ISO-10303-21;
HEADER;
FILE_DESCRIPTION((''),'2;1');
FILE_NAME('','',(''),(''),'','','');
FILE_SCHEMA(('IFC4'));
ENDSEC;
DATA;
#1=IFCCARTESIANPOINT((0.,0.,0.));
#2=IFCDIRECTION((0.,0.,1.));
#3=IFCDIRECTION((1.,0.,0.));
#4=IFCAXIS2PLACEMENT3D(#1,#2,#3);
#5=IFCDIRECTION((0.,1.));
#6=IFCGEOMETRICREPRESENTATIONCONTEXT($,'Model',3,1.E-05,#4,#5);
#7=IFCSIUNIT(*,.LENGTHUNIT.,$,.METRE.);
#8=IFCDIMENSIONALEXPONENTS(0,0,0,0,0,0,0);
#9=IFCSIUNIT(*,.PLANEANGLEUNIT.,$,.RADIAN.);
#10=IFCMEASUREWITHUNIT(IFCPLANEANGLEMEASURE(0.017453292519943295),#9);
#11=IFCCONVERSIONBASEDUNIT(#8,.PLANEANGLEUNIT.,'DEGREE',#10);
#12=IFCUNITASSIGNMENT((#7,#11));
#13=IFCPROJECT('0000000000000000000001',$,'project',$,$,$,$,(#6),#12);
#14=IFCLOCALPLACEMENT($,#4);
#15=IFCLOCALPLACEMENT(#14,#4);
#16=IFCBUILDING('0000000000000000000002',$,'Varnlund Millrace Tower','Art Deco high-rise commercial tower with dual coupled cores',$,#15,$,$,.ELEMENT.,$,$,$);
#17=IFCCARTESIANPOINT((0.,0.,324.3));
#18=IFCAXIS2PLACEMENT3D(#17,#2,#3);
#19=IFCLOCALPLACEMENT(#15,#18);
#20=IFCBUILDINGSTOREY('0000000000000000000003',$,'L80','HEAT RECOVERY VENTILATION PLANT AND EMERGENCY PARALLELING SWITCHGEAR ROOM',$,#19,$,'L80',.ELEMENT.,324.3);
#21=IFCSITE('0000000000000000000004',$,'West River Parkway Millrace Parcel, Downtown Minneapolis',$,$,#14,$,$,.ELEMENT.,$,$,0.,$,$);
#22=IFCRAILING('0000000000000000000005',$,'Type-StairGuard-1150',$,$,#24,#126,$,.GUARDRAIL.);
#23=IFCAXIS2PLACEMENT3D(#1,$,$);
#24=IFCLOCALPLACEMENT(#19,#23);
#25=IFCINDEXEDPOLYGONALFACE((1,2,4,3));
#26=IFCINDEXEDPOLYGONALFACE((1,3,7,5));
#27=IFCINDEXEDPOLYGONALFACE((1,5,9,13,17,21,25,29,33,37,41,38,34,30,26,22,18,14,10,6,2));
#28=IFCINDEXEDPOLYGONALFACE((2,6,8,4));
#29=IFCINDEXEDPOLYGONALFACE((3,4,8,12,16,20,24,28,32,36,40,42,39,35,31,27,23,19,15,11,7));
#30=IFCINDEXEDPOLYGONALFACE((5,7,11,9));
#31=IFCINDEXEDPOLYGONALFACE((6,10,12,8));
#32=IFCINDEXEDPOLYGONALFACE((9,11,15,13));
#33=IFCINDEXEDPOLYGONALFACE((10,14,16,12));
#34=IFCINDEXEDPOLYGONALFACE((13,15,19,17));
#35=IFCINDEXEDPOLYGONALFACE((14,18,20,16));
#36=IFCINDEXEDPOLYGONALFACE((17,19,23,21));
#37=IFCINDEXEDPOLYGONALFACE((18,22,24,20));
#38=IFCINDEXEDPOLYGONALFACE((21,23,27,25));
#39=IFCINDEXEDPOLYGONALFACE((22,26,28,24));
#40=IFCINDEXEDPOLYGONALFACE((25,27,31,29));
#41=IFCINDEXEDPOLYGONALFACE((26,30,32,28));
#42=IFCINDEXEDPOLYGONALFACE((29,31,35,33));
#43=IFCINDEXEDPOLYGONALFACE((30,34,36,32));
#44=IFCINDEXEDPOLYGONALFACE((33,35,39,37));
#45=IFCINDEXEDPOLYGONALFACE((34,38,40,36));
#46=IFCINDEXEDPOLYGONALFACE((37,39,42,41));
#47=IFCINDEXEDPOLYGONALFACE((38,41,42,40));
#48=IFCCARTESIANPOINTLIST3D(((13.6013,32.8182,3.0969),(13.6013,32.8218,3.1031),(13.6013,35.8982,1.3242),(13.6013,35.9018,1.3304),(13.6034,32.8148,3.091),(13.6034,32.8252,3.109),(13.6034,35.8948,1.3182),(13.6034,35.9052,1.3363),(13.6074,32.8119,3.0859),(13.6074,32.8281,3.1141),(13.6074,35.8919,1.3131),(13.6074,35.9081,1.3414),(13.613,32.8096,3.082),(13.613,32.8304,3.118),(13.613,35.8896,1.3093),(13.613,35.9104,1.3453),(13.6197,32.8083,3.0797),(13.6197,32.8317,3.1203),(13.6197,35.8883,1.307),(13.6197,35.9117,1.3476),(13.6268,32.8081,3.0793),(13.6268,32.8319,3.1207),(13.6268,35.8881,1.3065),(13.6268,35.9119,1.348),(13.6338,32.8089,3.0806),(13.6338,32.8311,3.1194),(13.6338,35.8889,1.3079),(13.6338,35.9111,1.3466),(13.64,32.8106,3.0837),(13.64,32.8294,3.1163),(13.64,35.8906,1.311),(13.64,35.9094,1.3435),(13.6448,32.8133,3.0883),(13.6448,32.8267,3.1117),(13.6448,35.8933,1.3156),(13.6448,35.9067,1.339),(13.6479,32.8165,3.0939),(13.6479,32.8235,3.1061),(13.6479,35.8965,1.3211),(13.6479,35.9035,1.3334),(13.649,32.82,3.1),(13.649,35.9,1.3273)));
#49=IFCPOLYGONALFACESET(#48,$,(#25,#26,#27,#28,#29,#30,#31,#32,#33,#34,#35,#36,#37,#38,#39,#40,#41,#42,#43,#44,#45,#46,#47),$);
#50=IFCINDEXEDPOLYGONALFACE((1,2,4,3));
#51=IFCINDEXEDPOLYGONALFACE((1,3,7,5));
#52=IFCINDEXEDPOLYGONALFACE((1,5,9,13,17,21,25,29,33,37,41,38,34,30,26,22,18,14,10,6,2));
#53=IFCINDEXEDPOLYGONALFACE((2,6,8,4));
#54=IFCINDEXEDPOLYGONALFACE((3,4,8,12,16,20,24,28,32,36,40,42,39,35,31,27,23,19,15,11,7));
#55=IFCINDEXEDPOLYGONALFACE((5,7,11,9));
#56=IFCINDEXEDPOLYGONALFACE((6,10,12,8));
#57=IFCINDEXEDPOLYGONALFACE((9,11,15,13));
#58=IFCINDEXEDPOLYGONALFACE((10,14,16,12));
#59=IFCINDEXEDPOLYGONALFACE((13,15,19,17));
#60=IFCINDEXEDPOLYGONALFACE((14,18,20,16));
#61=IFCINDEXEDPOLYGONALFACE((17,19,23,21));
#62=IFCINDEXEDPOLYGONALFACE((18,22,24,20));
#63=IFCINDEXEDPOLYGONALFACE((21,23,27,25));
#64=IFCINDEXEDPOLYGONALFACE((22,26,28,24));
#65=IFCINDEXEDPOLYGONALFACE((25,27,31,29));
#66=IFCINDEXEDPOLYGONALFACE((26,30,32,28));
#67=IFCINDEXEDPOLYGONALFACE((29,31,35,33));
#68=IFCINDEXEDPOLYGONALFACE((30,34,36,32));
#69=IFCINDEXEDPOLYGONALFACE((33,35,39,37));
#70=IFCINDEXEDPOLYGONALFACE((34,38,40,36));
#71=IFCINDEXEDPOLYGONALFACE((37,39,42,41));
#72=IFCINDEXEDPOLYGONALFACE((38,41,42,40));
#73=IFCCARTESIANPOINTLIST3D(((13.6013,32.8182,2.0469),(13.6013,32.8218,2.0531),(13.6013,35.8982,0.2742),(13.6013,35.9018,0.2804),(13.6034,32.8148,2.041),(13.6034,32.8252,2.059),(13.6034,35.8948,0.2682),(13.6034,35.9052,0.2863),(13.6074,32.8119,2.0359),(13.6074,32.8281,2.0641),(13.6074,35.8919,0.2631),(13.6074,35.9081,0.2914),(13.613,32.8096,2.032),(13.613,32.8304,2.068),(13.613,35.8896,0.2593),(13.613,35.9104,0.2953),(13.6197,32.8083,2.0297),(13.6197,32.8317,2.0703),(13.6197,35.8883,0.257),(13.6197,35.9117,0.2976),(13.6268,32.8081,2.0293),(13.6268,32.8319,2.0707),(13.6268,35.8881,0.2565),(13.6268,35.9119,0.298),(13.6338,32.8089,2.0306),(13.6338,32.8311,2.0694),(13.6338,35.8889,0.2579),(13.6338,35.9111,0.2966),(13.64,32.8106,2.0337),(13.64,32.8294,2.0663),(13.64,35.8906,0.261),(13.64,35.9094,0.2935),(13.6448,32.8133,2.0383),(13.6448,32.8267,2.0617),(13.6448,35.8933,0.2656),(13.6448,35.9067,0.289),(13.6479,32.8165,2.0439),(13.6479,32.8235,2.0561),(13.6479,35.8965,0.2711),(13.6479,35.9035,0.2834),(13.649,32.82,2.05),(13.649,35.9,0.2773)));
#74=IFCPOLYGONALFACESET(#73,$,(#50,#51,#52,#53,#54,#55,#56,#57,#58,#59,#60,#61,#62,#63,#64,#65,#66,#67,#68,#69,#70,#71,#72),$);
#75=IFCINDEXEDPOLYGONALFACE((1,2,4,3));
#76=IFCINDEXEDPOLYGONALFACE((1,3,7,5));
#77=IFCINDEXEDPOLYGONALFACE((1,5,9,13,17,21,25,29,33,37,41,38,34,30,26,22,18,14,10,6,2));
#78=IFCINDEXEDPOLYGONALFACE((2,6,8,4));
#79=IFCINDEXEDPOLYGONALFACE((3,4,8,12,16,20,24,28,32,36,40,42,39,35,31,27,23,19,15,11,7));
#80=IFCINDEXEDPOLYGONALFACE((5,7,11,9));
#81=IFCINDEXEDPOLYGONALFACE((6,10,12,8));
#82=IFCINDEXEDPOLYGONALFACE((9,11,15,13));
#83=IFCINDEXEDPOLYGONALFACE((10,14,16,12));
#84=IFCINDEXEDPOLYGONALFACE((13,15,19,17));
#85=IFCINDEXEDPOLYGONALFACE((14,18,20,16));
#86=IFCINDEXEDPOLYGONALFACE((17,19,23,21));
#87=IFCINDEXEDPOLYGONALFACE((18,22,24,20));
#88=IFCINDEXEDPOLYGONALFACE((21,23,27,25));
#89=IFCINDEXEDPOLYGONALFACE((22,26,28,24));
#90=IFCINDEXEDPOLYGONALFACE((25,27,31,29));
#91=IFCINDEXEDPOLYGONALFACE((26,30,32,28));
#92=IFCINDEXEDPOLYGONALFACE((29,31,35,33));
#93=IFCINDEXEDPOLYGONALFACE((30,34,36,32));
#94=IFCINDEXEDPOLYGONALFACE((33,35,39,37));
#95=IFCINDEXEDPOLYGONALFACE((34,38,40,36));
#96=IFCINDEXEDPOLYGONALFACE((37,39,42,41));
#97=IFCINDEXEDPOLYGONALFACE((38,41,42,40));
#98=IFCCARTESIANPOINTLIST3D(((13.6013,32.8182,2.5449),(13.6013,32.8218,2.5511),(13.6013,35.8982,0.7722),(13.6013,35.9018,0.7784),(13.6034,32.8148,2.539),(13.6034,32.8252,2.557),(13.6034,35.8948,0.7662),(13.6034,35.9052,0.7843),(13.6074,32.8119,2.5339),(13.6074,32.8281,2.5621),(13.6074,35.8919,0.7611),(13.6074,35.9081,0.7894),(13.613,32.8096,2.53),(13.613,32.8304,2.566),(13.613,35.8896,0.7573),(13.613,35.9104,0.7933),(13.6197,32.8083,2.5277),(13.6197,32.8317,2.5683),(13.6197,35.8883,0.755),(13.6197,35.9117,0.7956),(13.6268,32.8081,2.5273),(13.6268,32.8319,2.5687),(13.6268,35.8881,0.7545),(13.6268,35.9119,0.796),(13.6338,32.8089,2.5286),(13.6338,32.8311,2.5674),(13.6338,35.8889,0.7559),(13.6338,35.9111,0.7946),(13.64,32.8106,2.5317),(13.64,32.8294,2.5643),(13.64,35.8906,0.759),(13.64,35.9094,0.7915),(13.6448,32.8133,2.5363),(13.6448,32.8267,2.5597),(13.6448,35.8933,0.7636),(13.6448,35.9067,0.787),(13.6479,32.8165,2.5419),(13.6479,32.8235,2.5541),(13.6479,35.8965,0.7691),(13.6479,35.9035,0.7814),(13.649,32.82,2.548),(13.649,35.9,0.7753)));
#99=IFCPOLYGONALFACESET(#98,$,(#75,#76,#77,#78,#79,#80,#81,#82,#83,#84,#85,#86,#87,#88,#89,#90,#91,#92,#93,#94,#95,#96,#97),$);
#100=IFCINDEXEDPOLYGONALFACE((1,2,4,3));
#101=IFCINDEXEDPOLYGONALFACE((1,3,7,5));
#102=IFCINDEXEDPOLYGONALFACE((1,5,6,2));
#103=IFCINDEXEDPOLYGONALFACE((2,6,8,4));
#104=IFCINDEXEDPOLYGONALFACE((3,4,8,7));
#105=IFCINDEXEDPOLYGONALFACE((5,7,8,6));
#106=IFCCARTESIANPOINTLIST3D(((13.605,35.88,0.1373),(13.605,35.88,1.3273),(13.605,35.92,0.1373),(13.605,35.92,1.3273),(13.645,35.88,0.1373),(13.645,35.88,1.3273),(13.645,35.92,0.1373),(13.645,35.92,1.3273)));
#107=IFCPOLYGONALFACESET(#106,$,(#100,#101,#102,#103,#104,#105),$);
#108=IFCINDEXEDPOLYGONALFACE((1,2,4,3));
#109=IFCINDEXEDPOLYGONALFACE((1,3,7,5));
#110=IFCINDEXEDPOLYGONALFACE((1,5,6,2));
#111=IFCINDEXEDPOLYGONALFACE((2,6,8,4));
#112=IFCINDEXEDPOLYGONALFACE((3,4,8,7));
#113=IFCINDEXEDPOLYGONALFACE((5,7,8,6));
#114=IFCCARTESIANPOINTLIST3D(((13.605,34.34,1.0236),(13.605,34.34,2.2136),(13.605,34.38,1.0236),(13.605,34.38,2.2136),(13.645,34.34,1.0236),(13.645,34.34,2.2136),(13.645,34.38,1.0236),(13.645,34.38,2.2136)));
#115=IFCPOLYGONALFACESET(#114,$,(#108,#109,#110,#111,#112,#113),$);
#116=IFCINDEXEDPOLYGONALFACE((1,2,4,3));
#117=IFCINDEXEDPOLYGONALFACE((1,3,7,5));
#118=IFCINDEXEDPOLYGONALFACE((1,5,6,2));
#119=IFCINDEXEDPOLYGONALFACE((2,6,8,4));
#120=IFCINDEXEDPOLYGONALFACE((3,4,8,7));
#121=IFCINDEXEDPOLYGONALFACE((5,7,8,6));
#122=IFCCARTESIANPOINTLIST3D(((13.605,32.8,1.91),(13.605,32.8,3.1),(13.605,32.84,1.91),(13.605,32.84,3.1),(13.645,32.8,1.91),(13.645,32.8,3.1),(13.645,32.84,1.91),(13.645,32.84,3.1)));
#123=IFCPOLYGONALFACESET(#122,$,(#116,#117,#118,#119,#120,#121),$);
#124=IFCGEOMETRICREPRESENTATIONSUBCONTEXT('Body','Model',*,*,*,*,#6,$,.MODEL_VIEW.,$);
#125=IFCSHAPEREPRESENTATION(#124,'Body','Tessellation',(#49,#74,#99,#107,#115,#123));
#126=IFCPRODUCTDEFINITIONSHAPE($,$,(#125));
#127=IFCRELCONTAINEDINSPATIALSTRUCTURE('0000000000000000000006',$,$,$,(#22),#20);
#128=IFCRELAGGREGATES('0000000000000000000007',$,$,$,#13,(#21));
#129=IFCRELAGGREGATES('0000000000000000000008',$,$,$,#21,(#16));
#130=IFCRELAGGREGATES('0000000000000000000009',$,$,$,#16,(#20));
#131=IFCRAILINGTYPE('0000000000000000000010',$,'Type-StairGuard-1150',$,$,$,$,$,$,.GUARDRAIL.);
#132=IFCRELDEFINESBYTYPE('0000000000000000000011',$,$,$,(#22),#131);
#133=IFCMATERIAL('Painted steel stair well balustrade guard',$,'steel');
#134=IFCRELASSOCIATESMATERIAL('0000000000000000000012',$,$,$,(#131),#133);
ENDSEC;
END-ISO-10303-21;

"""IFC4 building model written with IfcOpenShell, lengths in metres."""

from ifc_helpers import new_model, entity, si_unit, converted_unit, direction, frame, origin_with_axes, origin_2d_with_axis, place, context, subcontext, project, spatial, rectangle, circle, extrude, material, type_object, element, save


model = new_model("IFC4")

# Units and contexts
model_context = context("Model", 3, precision=1e-05, world=origin_with_axes(), true_north=direction((0.0, 1.0)))
body_context = subcontext(model_context, "Body", "Model", "MODEL_VIEW")
ifc_project = project(units=[si_unit("LENGTHUNIT", "METRE"), converted_unit("PLANEANGLEUNIT", "DEGREE", entity("IfcPlaneAngleMeasure", 0.017453292519943295), si_unit("PLANEANGLEUNIT", "RADIAN"), dimensions=[0, 0, 0, 0, 0, 0, 0])], contexts=[model_context])

# Site, building, storey
site_placement = place(None, origin_with_axes())
site = spatial("IfcSite", under=ifc_project, at=site_placement, Name="West River Parkway Millrace Parcel, Downtown Minneapolis", CompositionType="ELEMENT", RefElevation=0.0)
building_placement = place(site_placement, origin_with_axes())
building = spatial("IfcBuilding", under=site, at=building_placement, Name="Varnlund Millrace Tower", Description="Art Deco high-rise commercial tower with dual coupled cores", CompositionType="ELEMENT")
storey_placement = place(building_placement, frame((0.0, 0.0, 324.3), z_axis=(0.0, 0.0, 1.0), x_axis=(1.0, 0.0, 0.0)))
storey = spatial("IfcBuildingStorey", under=building, at=storey_placement, Name="L80", Description="HEAT RECOVERY VENTILATION PLANT AND EMERGENCY PARALLELING SWITCHGEAR ROOM", LongName="L80", CompositionType="ELEMENT", Elevation=324.3)

# Railing
ifc_material_1 = material(Name="Painted steel stair well balustrade guard", Category="steel")
railing_type_1 = type_object("IfcRailingType", Name="Type-StairGuard-1150", PredefinedType="GUARDRAIL", material=ifc_material_1)
railing_1_placement = place(storey_placement, frame((0.0, 0.0, -324.3), z_axis=(0.0, 0.0, 1.0), x_axis=(1.0, 0.0, 0.0)))
element("IfcRailing", 1, at=railing_1_placement, inside=storey, type_object=railing_type_1, Name="Type-StairGuard-1150", PredefinedType="GUARDRAIL", context=body_context, shape_type="SweptSolid", body=[
    extrude(circle(Radius=0.024, at=origin_2d_with_axis()), frame((13.625, 35.9, 325.6273), z_axis=(0.0, -0.866696, 0.498836), x_axis=(1.0, 0.0, 0.0)), (0.0, 0.0, 1.0), 3.5537),
    extrude(circle(Radius=0.024, at=origin_2d_with_axis()), frame((13.625, 35.9, 324.5773), z_axis=(0.0, -0.866696, 0.498836), x_axis=(1.0, 0.0, 0.0)), (0.0, 0.0, 1.0), 3.5537),
    extrude(circle(Radius=0.024, at=origin_2d_with_axis()), frame((13.625, 35.9, 325.0753), z_axis=(0.0, -0.866696, 0.498836), x_axis=(1.0, 0.0, 0.0)), (0.0, 0.0, 1.0), 3.5537),
    extrude(rectangle(XDim=0.04, YDim=0.04, at=origin_2d_with_axis()), frame((13.625, 35.9, 324.4373), z_axis=(0.0, 0.0, 1.0), x_axis=(1.0, 0.0, 0.0)), (0.0, 0.0, 1.0), 1.19),
    extrude(rectangle(XDim=0.04, YDim=0.04, at=origin_2d_with_axis()), frame((13.625, 34.36, 325.3236), z_axis=(0.0, 0.0, 1.0), x_axis=(1.0, 0.0, 0.0)), (0.0, 0.0, 1.0), 1.19),
    extrude(rectangle(XDim=0.04, YDim=0.04, at=origin_2d_with_axis()), frame((13.625, 32.82, 326.21), z_axis=(0.0, 0.0, 1.0), x_axis=(1.0, 0.0, 0.0)), (0.0, 0.0, 1.0), 1.19),
])

save(model, "model.ifc")
